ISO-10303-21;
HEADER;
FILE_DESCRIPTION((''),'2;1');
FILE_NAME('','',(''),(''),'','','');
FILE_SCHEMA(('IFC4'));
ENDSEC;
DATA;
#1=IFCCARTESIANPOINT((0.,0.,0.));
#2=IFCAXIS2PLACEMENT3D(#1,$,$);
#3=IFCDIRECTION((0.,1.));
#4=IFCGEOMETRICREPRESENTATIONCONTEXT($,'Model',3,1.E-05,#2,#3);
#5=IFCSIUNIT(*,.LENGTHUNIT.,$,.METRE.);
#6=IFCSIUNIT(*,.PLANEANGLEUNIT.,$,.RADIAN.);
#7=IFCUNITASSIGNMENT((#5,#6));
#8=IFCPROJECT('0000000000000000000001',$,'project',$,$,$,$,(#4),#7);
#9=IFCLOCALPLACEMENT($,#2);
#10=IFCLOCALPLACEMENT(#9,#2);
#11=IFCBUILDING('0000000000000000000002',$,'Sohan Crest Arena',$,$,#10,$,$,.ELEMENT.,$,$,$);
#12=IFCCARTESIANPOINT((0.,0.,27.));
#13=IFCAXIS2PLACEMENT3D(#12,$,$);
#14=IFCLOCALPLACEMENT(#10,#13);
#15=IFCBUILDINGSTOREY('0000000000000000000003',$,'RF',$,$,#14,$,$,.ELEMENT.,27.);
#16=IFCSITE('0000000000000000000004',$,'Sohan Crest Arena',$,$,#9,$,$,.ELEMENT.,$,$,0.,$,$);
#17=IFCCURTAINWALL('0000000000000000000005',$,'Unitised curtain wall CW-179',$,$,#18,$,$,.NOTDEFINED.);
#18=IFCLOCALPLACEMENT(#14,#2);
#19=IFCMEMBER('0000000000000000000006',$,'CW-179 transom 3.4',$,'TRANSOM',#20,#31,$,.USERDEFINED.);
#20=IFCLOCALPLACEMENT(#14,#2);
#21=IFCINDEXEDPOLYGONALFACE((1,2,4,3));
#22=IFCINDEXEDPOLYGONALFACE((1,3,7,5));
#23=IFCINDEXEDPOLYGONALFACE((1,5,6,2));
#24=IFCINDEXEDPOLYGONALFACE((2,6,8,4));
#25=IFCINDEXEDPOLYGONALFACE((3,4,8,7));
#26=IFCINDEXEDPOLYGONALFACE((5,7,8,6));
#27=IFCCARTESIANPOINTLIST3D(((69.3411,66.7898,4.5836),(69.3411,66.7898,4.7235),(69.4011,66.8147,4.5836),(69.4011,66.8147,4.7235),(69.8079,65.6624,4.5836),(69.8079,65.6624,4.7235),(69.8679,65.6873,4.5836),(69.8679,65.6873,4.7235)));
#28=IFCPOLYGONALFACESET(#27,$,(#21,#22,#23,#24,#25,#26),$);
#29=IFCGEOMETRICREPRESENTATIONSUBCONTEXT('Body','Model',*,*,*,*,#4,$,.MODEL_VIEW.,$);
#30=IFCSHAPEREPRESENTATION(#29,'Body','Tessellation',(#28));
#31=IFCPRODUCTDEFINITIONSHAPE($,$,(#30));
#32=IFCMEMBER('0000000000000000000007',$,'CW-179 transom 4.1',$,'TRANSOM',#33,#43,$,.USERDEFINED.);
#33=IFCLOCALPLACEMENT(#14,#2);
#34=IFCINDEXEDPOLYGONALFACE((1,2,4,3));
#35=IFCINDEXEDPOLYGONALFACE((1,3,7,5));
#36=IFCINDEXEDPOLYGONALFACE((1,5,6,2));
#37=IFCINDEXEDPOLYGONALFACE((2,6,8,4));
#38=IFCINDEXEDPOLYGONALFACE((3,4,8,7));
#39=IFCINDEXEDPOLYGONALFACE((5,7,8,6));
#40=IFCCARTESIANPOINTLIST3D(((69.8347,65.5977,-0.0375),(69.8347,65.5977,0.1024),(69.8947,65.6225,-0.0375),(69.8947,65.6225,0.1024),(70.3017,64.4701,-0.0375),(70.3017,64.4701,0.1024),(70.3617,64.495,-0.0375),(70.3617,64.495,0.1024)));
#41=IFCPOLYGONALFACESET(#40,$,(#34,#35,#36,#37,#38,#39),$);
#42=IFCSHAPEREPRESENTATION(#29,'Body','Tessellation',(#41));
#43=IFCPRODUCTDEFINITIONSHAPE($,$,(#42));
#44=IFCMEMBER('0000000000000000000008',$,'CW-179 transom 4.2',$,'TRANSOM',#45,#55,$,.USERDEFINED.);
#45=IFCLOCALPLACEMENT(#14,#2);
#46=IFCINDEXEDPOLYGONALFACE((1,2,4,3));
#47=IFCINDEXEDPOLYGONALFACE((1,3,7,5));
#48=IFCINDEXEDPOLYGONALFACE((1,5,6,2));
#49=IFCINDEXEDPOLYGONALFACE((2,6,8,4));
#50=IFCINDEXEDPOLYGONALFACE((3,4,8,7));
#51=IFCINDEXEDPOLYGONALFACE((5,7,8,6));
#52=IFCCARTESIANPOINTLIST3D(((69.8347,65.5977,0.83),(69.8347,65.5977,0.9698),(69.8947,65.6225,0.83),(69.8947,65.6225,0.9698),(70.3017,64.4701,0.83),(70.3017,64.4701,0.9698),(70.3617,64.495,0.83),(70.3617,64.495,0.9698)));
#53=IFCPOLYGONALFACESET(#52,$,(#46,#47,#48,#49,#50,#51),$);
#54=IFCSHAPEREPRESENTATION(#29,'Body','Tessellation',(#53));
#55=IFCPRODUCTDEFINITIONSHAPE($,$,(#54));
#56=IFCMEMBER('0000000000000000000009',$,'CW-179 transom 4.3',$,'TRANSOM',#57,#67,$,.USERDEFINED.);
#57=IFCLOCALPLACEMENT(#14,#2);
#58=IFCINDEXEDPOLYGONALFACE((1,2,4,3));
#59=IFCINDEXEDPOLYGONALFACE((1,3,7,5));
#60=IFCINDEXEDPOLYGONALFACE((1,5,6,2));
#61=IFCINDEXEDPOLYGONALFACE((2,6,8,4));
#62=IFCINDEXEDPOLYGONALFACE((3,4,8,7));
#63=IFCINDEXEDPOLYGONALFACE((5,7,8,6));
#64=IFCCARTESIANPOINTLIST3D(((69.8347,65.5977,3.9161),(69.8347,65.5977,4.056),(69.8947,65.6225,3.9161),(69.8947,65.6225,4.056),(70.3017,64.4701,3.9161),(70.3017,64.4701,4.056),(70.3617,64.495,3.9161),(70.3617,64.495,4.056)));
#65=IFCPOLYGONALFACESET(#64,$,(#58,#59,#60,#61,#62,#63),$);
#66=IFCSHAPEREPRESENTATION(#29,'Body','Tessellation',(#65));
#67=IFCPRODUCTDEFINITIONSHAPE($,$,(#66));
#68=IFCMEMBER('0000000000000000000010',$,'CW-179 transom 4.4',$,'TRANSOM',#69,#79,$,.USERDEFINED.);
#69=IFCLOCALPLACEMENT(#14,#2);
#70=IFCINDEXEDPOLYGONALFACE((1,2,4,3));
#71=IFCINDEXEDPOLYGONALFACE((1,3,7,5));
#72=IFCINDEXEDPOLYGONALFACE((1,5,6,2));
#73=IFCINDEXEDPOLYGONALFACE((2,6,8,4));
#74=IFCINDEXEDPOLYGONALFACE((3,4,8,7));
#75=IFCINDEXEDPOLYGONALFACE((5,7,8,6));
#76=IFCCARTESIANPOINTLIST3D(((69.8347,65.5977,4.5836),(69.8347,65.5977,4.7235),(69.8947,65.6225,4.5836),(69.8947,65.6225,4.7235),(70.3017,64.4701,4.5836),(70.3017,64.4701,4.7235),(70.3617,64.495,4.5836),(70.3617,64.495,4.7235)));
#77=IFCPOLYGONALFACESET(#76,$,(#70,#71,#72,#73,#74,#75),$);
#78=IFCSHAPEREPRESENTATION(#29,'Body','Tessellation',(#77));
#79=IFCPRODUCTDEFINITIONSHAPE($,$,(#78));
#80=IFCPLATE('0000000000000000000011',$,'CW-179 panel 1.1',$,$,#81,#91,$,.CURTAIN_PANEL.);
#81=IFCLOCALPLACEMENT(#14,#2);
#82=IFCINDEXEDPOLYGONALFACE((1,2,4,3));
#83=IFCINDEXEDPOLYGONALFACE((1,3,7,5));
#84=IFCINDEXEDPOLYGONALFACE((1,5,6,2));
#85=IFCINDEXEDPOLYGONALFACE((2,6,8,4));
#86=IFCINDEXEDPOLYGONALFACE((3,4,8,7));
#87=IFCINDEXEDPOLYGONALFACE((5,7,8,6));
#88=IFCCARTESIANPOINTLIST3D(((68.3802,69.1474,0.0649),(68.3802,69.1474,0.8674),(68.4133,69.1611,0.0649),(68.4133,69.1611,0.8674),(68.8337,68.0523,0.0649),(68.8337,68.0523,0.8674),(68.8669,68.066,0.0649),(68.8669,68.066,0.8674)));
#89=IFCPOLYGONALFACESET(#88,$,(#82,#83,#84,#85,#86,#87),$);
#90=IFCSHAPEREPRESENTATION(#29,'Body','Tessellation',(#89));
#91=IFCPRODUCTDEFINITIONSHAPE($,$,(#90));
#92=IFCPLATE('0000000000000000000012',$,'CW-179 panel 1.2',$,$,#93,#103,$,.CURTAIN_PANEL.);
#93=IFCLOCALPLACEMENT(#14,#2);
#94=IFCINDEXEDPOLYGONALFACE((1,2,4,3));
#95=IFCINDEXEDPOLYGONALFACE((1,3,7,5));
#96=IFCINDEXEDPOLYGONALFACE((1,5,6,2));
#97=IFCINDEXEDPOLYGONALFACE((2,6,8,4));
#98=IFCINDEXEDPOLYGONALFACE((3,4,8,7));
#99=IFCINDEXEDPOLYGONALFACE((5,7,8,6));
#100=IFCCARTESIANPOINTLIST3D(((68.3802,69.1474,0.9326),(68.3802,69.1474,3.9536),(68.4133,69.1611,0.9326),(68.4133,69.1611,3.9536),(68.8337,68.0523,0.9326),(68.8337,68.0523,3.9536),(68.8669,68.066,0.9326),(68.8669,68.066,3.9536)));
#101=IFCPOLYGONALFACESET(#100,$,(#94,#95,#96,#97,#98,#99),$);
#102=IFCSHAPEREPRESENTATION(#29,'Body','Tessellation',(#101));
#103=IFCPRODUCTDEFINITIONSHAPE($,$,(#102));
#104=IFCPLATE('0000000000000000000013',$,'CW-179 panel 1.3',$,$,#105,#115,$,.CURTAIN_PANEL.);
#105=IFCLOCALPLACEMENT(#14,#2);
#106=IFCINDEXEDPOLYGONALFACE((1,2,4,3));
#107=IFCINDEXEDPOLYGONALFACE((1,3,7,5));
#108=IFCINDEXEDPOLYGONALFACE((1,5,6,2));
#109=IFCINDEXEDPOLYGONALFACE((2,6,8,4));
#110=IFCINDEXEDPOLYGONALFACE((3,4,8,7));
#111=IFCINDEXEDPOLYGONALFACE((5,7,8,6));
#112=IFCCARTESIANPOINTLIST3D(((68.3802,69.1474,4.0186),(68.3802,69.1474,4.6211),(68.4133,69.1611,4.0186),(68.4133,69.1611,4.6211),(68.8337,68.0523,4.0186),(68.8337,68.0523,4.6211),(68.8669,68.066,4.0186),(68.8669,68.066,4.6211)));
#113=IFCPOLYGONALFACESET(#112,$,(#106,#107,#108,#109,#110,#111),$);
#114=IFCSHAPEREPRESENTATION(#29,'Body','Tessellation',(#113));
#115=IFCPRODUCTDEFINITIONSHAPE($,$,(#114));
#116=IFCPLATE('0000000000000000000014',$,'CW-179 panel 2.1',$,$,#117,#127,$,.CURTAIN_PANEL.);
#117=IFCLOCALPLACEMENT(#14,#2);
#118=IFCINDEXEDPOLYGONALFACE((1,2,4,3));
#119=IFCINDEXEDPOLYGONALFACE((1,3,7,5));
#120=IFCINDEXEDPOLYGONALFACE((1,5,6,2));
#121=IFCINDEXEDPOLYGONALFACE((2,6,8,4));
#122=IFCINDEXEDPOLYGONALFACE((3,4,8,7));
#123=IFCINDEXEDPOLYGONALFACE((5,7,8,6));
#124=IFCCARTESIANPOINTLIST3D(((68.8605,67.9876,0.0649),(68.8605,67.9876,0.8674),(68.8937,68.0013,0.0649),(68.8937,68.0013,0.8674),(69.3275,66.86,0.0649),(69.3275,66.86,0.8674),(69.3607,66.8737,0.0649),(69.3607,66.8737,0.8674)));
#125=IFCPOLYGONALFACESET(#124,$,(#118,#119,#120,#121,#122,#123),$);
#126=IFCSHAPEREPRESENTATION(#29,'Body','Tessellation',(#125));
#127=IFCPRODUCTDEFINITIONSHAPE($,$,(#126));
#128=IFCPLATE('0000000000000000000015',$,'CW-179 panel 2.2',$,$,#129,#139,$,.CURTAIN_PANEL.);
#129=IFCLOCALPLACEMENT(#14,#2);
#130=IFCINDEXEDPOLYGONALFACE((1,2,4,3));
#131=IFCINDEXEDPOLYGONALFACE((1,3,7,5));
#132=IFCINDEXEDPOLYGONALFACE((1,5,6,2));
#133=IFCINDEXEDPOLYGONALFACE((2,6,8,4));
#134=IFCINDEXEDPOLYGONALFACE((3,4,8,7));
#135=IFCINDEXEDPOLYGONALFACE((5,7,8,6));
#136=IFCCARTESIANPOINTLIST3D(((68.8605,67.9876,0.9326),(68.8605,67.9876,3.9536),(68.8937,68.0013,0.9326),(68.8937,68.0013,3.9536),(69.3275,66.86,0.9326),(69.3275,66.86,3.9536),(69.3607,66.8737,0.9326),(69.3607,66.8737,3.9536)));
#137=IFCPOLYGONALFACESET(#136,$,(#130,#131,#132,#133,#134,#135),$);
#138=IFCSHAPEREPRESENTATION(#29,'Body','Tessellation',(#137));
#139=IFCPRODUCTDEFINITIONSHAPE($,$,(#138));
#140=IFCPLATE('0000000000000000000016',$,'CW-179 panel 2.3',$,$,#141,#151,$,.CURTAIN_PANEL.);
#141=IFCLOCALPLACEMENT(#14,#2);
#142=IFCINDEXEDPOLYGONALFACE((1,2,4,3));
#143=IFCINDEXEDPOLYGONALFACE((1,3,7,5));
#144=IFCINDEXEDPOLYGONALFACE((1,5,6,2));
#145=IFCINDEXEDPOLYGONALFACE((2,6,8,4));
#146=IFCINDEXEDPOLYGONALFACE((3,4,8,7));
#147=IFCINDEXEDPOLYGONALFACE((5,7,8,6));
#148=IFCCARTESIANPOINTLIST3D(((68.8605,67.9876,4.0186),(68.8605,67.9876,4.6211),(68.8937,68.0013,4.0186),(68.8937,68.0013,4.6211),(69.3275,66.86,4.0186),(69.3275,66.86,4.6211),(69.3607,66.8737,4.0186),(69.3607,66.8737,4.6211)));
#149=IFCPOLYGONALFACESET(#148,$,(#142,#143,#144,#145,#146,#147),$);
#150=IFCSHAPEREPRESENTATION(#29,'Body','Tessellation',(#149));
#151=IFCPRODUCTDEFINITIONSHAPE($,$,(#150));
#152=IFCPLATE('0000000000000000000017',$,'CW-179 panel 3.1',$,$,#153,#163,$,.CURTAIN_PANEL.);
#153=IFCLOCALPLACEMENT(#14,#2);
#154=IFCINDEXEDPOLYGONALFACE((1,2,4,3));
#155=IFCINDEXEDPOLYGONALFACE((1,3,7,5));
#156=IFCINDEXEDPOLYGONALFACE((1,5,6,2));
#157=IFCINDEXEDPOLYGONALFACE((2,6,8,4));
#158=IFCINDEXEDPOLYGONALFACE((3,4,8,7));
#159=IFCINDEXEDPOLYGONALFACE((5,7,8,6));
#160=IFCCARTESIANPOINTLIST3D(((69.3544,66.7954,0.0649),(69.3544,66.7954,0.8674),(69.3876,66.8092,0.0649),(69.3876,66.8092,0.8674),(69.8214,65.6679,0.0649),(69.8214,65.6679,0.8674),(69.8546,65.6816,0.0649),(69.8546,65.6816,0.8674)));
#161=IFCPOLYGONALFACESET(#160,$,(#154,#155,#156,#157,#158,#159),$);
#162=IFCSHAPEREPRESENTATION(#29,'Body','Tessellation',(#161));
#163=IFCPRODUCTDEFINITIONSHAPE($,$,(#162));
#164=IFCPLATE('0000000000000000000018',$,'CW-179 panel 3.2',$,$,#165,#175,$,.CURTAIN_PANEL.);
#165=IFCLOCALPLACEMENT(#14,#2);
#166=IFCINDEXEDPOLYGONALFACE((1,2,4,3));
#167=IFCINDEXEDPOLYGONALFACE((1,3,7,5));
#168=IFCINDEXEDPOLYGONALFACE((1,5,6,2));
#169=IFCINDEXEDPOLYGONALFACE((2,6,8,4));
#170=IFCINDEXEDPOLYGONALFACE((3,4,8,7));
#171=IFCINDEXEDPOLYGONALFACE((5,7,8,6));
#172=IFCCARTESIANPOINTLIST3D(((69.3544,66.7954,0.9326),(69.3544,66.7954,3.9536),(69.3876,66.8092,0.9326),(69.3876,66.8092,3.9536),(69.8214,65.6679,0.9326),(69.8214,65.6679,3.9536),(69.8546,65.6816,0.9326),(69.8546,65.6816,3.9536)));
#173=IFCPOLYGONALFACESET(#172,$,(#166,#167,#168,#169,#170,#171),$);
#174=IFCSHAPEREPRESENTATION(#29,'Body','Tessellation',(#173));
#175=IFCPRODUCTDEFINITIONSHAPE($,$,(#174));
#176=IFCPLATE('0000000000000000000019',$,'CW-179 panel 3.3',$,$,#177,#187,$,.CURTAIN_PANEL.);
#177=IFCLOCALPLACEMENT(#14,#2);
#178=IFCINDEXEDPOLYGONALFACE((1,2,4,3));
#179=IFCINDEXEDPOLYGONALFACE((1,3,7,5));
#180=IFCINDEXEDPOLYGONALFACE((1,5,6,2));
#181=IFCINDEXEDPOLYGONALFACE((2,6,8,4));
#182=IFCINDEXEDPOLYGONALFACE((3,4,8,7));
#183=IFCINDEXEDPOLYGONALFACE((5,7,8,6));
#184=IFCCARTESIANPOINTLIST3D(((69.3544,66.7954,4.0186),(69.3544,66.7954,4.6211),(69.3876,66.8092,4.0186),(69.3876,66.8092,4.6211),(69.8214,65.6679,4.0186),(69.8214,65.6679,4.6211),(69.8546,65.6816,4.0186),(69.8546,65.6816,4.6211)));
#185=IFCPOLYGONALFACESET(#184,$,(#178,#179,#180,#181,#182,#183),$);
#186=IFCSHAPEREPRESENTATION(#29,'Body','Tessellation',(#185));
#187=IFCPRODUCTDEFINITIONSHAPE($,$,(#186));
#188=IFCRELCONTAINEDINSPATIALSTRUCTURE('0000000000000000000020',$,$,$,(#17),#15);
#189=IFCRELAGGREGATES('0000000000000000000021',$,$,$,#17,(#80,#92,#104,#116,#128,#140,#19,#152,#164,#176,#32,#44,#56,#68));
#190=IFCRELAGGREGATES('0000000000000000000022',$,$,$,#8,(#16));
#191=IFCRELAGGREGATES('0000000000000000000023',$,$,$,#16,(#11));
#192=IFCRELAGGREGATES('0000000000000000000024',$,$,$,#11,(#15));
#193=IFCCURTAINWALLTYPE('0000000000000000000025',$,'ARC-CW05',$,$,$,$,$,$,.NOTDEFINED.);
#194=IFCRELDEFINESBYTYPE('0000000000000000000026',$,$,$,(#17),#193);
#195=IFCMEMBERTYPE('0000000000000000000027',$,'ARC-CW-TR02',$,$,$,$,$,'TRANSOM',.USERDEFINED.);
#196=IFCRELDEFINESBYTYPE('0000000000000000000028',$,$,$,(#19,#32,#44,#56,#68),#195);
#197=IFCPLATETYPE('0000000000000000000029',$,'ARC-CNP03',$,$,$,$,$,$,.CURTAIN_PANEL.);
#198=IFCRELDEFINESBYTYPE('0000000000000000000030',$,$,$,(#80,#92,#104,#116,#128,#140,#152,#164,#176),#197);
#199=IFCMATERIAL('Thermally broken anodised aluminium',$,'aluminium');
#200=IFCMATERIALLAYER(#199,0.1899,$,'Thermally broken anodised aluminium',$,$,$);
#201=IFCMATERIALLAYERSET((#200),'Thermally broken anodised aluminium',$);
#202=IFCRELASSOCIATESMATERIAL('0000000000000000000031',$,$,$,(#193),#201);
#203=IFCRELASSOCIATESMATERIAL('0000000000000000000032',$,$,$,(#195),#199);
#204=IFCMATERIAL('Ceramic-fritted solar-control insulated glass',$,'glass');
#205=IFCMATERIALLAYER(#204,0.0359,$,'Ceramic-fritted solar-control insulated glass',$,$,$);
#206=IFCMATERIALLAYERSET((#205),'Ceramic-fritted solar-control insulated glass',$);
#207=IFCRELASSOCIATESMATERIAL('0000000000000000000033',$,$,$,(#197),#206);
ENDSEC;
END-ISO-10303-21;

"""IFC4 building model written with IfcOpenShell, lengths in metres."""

from ifc_helpers import new_model, si_unit, direction, frame, origin, origin_2d, place, context, subcontext, project, spatial, rectangle, extrude, material, layer, layer_set, material_profile, profile_set, type_object, element, aggregate, save


model = new_model("IFC4")

# Units and contexts
model_context = context("Model", 3, precision=1e-05, world=origin(), true_north=direction((0.0, 1.0)))
body_context = subcontext(model_context, "Body", "Model", "MODEL_VIEW")
ifc_project = project(units=[si_unit("LENGTHUNIT", "METRE"), si_unit("PLANEANGLEUNIT", "RADIAN")], contexts=[model_context])

# Site, building, storey
site_placement = place(None, origin())
site = spatial("IfcSite", under=ifc_project, at=site_placement, Name="Sohan Crest Arena", CompositionType="ELEMENT", RefElevation=0.0)
building_placement = place(site_placement, origin())
building = spatial("IfcBuilding", under=site, at=building_placement, Name="Sohan Crest Arena", CompositionType="ELEMENT")
storey_placement = place(building_placement, frame((0.0, 0.0, 27.0)))
storey = spatial("IfcBuildingStorey", under=building, at=storey_placement, Name="RF", CompositionType="ELEMENT", Elevation=27.0)

# Curtain wall, members, plates
ifc_material_1 = material(Name="Thermally broken anodised aluminium", Category="aluminium")
ifc_layer_1 = layer(ifc_material_1, 0.1899, Name="Thermally broken anodised aluminium")
ifc_layer_set_1 = layer_set([ifc_layer_1], Name="Thermally broken anodised aluminium")
curtain_wall_type = type_object("IfcCurtainWallType", Name="ARC-CW05", PredefinedType="NOTDEFINED", material=ifc_layer_set_1)
curtain_wall_placement = place(storey_placement, origin())
curtain_wall = element("IfcCurtainWall", 1, at=curtain_wall_placement, inside=storey, type_object=curtain_wall_type, Name="Unitised curtain wall CW-179", PredefinedType="NOTDEFINED")
ifc_material_profile_1 = material_profile(ifc_material_1, rectangle(XDim=0.0649, YDim=0.1399, at=origin_2d()), Name="ALU-TRAN 65x140")
ifc_profile_set_1 = profile_set([ifc_material_profile_1], Name="Thermally broken anodised aluminium")
member_type_1 = type_object("IfcMemberType", Name="ARC-CW-TR02", ElementType="TRANSOM", PredefinedType="USERDEFINED", material=ifc_profile_set_1)
member_1_placement = place(storey_placement, frame((69.3711, 66.8022, 4.6536), z_axis=(0.38254, -0.923939, 0.0), x_axis=(0.923939, 0.38254, 0.0)))
member_1 = element("IfcMember", 2, at=member_1_placement, type_object=member_type_1, Name="CW-179 transom 3.4", ObjectType="TRANSOM", PredefinedType="USERDEFINED", context=body_context, shape_type="SweptSolid", body=[
    extrude(rectangle(XDim=0.0649, YDim=0.1399, at=origin_2d()), origin(), (0.0, 0.0, 1.0), 1.2202),
])
member_2_placement = place(storey_placement, frame((69.8647, 65.6101, 0.0325), z_axis=(0.38264, -0.923897, 0.0), x_axis=(0.923897, 0.38264, 0.0)))
member_2 = element("IfcMember", 3, at=member_2_placement, type_object=member_type_1, Name="CW-179 transom 4.1", ObjectType="TRANSOM", PredefinedType="USERDEFINED", context=body_context, shape_type="SweptSolid", body=[
    extrude(rectangle(XDim=0.0649, YDim=0.1399, at=origin_2d()), origin(), (0.0, 0.0, 1.0), 1.2205),
])
member_3_placement = place(storey_placement, frame((69.8647, 65.6101, 0.8999), z_axis=(0.38264, -0.923897, 0.0), x_axis=(0.923897, 0.38264, 0.0)))
member_3 = element("IfcMember", 4, at=member_3_placement, type_object=member_type_1, Name="CW-179 transom 4.2", ObjectType="TRANSOM", PredefinedType="USERDEFINED", context=body_context, shape_type="SweptSolid", body=[
    extrude(rectangle(XDim=0.0649, YDim=0.1399, at=origin_2d()), origin(), (0.0, 0.0, 1.0), 1.2205),
])
member_4_placement = place(storey_placement, frame((69.8647, 65.6101, 3.9861), z_axis=(0.38264, -0.923897, 0.0), x_axis=(0.923897, 0.38264, 0.0)))
member_4 = element("IfcMember", 5, at=member_4_placement, type_object=member_type_1, Name="CW-179 transom 4.3", ObjectType="TRANSOM", PredefinedType="USERDEFINED", context=body_context, shape_type="SweptSolid", body=[
    extrude(rectangle(XDim=0.0649, YDim=0.1399, at=origin_2d()), origin(), (0.0, 0.0, 1.0), 1.2205),
])
member_5_placement = place(storey_placement, frame((69.8647, 65.6101, 4.6536), z_axis=(0.38264, -0.923897, 0.0), x_axis=(0.923897, 0.38264, 0.0)))
member_5 = element("IfcMember", 6, at=member_5_placement, type_object=member_type_1, Name="CW-179 transom 4.4", ObjectType="TRANSOM", PredefinedType="USERDEFINED", context=body_context, shape_type="SweptSolid", body=[
    extrude(rectangle(XDim=0.0649, YDim=0.1399, at=origin_2d()), origin(), (0.0, 0.0, 1.0), 1.2205),
])
ifc_material_2 = material(Name="Ceramic-fritted solar-control insulated glass", Category="glass")
ifc_layer_2 = layer(ifc_material_2, 0.0359, Name="Ceramic-fritted solar-control insulated glass")
ifc_layer_set_2 = layer_set([ifc_layer_2], Name="Ceramic-fritted solar-control insulated glass")
plate_type = type_object("IfcPlateType", Name="ARC-CNP03", PredefinedType="CURTAIN_PANEL", material=ifc_layer_set_2)
plate_1_placement = place(storey_placement, frame((68.6235, 68.6067, 0.0649), z_axis=(0.0, 0.0, 1.0), x_axis=(0.382667, -0.923886, 0.0)))
plate_1 = element("IfcPlate", 7, at=plate_1_placement, type_object=plate_type, Name="CW-179 panel 1.1", PredefinedType="CURTAIN_PANEL", context=body_context, shape_type="SweptSolid", body=[
    extrude(rectangle(XDim=1.1853, YDim=0.0359, at=origin_2d()), origin(), (0.0, 0.0, 1.0), 0.8025),
])
plate_2_placement = place(storey_placement, frame((68.6235, 68.6067, 0.9326), z_axis=(0.0, 0.0, 1.0), x_axis=(0.382667, -0.923886, 0.0)))
plate_2 = element("IfcPlate", 8, at=plate_2_placement, type_object=plate_type, Name="CW-179 panel 1.2", PredefinedType="CURTAIN_PANEL", context=body_context, shape_type="SweptSolid", body=[
    extrude(rectangle(XDim=1.1853, YDim=0.0359, at=origin_2d()), origin(), (0.0, 0.0, 1.0), 3.021),
])
plate_3_placement = place(storey_placement, frame((68.6235, 68.6067, 4.0186), z_axis=(0.0, 0.0, 1.0), x_axis=(0.382667, -0.923886, 0.0)))
plate_3 = element("IfcPlate", 9, at=plate_3_placement, type_object=plate_type, Name="CW-179 panel 1.3", PredefinedType="CURTAIN_PANEL", context=body_context, shape_type="SweptSolid", body=[
    extrude(rectangle(XDim=1.1853, YDim=0.0359, at=origin_2d()), origin(), (0.0, 0.0, 1.0), 0.6025),
])
plate_4_placement = place(storey_placement, frame((69.1106, 67.4307, 0.0649), z_axis=(0.0, 0.0, 1.0), x_axis=(0.382667, -0.923886, 0.0)))
plate_4 = element("IfcPlate", 10, at=plate_4_placement, type_object=plate_type, Name="CW-179 panel 2.1", PredefinedType="CURTAIN_PANEL", context=body_context, shape_type="SweptSolid", body=[
    extrude(rectangle(XDim=1.2205, YDim=0.0359, at=origin_2d()), origin(), (0.0, 0.0, 1.0), 0.8025),
])
plate_5_placement = place(storey_placement, frame((69.1106, 67.4307, 0.9326), z_axis=(0.0, 0.0, 1.0), x_axis=(0.382667, -0.923886, 0.0)))
plate_5 = element("IfcPlate", 11, at=plate_5_placement, type_object=plate_type, Name="CW-179 panel 2.2", PredefinedType="CURTAIN_PANEL", context=body_context, shape_type="SweptSolid", body=[
    extrude(rectangle(XDim=1.2205, YDim=0.0359, at=origin_2d()), origin(), (0.0, 0.0, 1.0), 3.021),
])
plate_6_placement = place(storey_placement, frame((69.1106, 67.4307, 4.0186), z_axis=(0.0, 0.0, 1.0), x_axis=(0.382667, -0.923886, 0.0)))
plate_6 = element("IfcPlate", 12, at=plate_6_placement, type_object=plate_type, Name="CW-179 panel 2.3", PredefinedType="CURTAIN_PANEL", context=body_context, shape_type="SweptSolid", body=[
    extrude(rectangle(XDim=1.2205, YDim=0.0359, at=origin_2d()), origin(), (0.0, 0.0, 1.0), 0.6025),
])
plate_7_placement = place(storey_placement, frame((69.6045, 66.2385, 0.0649), z_axis=(0.0, 0.0, 1.0), x_axis=(0.382667, -0.923886, 0.0)))
plate_7 = element("IfcPlate", 13, at=plate_7_placement, type_object=plate_type, Name="CW-179 panel 3.1", PredefinedType="CURTAIN_PANEL", context=body_context, shape_type="SweptSolid", body=[
    extrude(rectangle(XDim=1.2205, YDim=0.0359, at=origin_2d()), origin(), (0.0, 0.0, 1.0), 0.8025),
])
plate_8_placement = place(storey_placement, frame((69.6045, 66.2385, 0.9326), z_axis=(0.0, 0.0, 1.0), x_axis=(0.382667, -0.923886, 0.0)))
plate_8 = element("IfcPlate", 14, at=plate_8_placement, type_object=plate_type, Name="CW-179 panel 3.2", PredefinedType="CURTAIN_PANEL", context=body_context, shape_type="SweptSolid", body=[
    extrude(rectangle(XDim=1.2205, YDim=0.0359, at=origin_2d()), origin(), (0.0, 0.0, 1.0), 3.021),
])
plate_9_placement = place(storey_placement, frame((69.6045, 66.2385, 4.0186), z_axis=(0.0, 0.0, 1.0), x_axis=(0.382667, -0.923886, 0.0)))
plate_9 = element("IfcPlate", 15, at=plate_9_placement, type_object=plate_type, Name="CW-179 panel 3.3", PredefinedType="CURTAIN_PANEL", context=body_context, shape_type="SweptSolid", body=[
    extrude(rectangle(XDim=1.2205, YDim=0.0359, at=origin_2d()), origin(), (0.0, 0.0, 1.0), 0.6025),
])
aggregate(curtain_wall, [plate_1, plate_2, plate_3, plate_4, plate_5, plate_6, member_1, plate_7, plate_8, plate_9, member_2, member_3, member_4, member_5])

save(model, "model.ifc")
